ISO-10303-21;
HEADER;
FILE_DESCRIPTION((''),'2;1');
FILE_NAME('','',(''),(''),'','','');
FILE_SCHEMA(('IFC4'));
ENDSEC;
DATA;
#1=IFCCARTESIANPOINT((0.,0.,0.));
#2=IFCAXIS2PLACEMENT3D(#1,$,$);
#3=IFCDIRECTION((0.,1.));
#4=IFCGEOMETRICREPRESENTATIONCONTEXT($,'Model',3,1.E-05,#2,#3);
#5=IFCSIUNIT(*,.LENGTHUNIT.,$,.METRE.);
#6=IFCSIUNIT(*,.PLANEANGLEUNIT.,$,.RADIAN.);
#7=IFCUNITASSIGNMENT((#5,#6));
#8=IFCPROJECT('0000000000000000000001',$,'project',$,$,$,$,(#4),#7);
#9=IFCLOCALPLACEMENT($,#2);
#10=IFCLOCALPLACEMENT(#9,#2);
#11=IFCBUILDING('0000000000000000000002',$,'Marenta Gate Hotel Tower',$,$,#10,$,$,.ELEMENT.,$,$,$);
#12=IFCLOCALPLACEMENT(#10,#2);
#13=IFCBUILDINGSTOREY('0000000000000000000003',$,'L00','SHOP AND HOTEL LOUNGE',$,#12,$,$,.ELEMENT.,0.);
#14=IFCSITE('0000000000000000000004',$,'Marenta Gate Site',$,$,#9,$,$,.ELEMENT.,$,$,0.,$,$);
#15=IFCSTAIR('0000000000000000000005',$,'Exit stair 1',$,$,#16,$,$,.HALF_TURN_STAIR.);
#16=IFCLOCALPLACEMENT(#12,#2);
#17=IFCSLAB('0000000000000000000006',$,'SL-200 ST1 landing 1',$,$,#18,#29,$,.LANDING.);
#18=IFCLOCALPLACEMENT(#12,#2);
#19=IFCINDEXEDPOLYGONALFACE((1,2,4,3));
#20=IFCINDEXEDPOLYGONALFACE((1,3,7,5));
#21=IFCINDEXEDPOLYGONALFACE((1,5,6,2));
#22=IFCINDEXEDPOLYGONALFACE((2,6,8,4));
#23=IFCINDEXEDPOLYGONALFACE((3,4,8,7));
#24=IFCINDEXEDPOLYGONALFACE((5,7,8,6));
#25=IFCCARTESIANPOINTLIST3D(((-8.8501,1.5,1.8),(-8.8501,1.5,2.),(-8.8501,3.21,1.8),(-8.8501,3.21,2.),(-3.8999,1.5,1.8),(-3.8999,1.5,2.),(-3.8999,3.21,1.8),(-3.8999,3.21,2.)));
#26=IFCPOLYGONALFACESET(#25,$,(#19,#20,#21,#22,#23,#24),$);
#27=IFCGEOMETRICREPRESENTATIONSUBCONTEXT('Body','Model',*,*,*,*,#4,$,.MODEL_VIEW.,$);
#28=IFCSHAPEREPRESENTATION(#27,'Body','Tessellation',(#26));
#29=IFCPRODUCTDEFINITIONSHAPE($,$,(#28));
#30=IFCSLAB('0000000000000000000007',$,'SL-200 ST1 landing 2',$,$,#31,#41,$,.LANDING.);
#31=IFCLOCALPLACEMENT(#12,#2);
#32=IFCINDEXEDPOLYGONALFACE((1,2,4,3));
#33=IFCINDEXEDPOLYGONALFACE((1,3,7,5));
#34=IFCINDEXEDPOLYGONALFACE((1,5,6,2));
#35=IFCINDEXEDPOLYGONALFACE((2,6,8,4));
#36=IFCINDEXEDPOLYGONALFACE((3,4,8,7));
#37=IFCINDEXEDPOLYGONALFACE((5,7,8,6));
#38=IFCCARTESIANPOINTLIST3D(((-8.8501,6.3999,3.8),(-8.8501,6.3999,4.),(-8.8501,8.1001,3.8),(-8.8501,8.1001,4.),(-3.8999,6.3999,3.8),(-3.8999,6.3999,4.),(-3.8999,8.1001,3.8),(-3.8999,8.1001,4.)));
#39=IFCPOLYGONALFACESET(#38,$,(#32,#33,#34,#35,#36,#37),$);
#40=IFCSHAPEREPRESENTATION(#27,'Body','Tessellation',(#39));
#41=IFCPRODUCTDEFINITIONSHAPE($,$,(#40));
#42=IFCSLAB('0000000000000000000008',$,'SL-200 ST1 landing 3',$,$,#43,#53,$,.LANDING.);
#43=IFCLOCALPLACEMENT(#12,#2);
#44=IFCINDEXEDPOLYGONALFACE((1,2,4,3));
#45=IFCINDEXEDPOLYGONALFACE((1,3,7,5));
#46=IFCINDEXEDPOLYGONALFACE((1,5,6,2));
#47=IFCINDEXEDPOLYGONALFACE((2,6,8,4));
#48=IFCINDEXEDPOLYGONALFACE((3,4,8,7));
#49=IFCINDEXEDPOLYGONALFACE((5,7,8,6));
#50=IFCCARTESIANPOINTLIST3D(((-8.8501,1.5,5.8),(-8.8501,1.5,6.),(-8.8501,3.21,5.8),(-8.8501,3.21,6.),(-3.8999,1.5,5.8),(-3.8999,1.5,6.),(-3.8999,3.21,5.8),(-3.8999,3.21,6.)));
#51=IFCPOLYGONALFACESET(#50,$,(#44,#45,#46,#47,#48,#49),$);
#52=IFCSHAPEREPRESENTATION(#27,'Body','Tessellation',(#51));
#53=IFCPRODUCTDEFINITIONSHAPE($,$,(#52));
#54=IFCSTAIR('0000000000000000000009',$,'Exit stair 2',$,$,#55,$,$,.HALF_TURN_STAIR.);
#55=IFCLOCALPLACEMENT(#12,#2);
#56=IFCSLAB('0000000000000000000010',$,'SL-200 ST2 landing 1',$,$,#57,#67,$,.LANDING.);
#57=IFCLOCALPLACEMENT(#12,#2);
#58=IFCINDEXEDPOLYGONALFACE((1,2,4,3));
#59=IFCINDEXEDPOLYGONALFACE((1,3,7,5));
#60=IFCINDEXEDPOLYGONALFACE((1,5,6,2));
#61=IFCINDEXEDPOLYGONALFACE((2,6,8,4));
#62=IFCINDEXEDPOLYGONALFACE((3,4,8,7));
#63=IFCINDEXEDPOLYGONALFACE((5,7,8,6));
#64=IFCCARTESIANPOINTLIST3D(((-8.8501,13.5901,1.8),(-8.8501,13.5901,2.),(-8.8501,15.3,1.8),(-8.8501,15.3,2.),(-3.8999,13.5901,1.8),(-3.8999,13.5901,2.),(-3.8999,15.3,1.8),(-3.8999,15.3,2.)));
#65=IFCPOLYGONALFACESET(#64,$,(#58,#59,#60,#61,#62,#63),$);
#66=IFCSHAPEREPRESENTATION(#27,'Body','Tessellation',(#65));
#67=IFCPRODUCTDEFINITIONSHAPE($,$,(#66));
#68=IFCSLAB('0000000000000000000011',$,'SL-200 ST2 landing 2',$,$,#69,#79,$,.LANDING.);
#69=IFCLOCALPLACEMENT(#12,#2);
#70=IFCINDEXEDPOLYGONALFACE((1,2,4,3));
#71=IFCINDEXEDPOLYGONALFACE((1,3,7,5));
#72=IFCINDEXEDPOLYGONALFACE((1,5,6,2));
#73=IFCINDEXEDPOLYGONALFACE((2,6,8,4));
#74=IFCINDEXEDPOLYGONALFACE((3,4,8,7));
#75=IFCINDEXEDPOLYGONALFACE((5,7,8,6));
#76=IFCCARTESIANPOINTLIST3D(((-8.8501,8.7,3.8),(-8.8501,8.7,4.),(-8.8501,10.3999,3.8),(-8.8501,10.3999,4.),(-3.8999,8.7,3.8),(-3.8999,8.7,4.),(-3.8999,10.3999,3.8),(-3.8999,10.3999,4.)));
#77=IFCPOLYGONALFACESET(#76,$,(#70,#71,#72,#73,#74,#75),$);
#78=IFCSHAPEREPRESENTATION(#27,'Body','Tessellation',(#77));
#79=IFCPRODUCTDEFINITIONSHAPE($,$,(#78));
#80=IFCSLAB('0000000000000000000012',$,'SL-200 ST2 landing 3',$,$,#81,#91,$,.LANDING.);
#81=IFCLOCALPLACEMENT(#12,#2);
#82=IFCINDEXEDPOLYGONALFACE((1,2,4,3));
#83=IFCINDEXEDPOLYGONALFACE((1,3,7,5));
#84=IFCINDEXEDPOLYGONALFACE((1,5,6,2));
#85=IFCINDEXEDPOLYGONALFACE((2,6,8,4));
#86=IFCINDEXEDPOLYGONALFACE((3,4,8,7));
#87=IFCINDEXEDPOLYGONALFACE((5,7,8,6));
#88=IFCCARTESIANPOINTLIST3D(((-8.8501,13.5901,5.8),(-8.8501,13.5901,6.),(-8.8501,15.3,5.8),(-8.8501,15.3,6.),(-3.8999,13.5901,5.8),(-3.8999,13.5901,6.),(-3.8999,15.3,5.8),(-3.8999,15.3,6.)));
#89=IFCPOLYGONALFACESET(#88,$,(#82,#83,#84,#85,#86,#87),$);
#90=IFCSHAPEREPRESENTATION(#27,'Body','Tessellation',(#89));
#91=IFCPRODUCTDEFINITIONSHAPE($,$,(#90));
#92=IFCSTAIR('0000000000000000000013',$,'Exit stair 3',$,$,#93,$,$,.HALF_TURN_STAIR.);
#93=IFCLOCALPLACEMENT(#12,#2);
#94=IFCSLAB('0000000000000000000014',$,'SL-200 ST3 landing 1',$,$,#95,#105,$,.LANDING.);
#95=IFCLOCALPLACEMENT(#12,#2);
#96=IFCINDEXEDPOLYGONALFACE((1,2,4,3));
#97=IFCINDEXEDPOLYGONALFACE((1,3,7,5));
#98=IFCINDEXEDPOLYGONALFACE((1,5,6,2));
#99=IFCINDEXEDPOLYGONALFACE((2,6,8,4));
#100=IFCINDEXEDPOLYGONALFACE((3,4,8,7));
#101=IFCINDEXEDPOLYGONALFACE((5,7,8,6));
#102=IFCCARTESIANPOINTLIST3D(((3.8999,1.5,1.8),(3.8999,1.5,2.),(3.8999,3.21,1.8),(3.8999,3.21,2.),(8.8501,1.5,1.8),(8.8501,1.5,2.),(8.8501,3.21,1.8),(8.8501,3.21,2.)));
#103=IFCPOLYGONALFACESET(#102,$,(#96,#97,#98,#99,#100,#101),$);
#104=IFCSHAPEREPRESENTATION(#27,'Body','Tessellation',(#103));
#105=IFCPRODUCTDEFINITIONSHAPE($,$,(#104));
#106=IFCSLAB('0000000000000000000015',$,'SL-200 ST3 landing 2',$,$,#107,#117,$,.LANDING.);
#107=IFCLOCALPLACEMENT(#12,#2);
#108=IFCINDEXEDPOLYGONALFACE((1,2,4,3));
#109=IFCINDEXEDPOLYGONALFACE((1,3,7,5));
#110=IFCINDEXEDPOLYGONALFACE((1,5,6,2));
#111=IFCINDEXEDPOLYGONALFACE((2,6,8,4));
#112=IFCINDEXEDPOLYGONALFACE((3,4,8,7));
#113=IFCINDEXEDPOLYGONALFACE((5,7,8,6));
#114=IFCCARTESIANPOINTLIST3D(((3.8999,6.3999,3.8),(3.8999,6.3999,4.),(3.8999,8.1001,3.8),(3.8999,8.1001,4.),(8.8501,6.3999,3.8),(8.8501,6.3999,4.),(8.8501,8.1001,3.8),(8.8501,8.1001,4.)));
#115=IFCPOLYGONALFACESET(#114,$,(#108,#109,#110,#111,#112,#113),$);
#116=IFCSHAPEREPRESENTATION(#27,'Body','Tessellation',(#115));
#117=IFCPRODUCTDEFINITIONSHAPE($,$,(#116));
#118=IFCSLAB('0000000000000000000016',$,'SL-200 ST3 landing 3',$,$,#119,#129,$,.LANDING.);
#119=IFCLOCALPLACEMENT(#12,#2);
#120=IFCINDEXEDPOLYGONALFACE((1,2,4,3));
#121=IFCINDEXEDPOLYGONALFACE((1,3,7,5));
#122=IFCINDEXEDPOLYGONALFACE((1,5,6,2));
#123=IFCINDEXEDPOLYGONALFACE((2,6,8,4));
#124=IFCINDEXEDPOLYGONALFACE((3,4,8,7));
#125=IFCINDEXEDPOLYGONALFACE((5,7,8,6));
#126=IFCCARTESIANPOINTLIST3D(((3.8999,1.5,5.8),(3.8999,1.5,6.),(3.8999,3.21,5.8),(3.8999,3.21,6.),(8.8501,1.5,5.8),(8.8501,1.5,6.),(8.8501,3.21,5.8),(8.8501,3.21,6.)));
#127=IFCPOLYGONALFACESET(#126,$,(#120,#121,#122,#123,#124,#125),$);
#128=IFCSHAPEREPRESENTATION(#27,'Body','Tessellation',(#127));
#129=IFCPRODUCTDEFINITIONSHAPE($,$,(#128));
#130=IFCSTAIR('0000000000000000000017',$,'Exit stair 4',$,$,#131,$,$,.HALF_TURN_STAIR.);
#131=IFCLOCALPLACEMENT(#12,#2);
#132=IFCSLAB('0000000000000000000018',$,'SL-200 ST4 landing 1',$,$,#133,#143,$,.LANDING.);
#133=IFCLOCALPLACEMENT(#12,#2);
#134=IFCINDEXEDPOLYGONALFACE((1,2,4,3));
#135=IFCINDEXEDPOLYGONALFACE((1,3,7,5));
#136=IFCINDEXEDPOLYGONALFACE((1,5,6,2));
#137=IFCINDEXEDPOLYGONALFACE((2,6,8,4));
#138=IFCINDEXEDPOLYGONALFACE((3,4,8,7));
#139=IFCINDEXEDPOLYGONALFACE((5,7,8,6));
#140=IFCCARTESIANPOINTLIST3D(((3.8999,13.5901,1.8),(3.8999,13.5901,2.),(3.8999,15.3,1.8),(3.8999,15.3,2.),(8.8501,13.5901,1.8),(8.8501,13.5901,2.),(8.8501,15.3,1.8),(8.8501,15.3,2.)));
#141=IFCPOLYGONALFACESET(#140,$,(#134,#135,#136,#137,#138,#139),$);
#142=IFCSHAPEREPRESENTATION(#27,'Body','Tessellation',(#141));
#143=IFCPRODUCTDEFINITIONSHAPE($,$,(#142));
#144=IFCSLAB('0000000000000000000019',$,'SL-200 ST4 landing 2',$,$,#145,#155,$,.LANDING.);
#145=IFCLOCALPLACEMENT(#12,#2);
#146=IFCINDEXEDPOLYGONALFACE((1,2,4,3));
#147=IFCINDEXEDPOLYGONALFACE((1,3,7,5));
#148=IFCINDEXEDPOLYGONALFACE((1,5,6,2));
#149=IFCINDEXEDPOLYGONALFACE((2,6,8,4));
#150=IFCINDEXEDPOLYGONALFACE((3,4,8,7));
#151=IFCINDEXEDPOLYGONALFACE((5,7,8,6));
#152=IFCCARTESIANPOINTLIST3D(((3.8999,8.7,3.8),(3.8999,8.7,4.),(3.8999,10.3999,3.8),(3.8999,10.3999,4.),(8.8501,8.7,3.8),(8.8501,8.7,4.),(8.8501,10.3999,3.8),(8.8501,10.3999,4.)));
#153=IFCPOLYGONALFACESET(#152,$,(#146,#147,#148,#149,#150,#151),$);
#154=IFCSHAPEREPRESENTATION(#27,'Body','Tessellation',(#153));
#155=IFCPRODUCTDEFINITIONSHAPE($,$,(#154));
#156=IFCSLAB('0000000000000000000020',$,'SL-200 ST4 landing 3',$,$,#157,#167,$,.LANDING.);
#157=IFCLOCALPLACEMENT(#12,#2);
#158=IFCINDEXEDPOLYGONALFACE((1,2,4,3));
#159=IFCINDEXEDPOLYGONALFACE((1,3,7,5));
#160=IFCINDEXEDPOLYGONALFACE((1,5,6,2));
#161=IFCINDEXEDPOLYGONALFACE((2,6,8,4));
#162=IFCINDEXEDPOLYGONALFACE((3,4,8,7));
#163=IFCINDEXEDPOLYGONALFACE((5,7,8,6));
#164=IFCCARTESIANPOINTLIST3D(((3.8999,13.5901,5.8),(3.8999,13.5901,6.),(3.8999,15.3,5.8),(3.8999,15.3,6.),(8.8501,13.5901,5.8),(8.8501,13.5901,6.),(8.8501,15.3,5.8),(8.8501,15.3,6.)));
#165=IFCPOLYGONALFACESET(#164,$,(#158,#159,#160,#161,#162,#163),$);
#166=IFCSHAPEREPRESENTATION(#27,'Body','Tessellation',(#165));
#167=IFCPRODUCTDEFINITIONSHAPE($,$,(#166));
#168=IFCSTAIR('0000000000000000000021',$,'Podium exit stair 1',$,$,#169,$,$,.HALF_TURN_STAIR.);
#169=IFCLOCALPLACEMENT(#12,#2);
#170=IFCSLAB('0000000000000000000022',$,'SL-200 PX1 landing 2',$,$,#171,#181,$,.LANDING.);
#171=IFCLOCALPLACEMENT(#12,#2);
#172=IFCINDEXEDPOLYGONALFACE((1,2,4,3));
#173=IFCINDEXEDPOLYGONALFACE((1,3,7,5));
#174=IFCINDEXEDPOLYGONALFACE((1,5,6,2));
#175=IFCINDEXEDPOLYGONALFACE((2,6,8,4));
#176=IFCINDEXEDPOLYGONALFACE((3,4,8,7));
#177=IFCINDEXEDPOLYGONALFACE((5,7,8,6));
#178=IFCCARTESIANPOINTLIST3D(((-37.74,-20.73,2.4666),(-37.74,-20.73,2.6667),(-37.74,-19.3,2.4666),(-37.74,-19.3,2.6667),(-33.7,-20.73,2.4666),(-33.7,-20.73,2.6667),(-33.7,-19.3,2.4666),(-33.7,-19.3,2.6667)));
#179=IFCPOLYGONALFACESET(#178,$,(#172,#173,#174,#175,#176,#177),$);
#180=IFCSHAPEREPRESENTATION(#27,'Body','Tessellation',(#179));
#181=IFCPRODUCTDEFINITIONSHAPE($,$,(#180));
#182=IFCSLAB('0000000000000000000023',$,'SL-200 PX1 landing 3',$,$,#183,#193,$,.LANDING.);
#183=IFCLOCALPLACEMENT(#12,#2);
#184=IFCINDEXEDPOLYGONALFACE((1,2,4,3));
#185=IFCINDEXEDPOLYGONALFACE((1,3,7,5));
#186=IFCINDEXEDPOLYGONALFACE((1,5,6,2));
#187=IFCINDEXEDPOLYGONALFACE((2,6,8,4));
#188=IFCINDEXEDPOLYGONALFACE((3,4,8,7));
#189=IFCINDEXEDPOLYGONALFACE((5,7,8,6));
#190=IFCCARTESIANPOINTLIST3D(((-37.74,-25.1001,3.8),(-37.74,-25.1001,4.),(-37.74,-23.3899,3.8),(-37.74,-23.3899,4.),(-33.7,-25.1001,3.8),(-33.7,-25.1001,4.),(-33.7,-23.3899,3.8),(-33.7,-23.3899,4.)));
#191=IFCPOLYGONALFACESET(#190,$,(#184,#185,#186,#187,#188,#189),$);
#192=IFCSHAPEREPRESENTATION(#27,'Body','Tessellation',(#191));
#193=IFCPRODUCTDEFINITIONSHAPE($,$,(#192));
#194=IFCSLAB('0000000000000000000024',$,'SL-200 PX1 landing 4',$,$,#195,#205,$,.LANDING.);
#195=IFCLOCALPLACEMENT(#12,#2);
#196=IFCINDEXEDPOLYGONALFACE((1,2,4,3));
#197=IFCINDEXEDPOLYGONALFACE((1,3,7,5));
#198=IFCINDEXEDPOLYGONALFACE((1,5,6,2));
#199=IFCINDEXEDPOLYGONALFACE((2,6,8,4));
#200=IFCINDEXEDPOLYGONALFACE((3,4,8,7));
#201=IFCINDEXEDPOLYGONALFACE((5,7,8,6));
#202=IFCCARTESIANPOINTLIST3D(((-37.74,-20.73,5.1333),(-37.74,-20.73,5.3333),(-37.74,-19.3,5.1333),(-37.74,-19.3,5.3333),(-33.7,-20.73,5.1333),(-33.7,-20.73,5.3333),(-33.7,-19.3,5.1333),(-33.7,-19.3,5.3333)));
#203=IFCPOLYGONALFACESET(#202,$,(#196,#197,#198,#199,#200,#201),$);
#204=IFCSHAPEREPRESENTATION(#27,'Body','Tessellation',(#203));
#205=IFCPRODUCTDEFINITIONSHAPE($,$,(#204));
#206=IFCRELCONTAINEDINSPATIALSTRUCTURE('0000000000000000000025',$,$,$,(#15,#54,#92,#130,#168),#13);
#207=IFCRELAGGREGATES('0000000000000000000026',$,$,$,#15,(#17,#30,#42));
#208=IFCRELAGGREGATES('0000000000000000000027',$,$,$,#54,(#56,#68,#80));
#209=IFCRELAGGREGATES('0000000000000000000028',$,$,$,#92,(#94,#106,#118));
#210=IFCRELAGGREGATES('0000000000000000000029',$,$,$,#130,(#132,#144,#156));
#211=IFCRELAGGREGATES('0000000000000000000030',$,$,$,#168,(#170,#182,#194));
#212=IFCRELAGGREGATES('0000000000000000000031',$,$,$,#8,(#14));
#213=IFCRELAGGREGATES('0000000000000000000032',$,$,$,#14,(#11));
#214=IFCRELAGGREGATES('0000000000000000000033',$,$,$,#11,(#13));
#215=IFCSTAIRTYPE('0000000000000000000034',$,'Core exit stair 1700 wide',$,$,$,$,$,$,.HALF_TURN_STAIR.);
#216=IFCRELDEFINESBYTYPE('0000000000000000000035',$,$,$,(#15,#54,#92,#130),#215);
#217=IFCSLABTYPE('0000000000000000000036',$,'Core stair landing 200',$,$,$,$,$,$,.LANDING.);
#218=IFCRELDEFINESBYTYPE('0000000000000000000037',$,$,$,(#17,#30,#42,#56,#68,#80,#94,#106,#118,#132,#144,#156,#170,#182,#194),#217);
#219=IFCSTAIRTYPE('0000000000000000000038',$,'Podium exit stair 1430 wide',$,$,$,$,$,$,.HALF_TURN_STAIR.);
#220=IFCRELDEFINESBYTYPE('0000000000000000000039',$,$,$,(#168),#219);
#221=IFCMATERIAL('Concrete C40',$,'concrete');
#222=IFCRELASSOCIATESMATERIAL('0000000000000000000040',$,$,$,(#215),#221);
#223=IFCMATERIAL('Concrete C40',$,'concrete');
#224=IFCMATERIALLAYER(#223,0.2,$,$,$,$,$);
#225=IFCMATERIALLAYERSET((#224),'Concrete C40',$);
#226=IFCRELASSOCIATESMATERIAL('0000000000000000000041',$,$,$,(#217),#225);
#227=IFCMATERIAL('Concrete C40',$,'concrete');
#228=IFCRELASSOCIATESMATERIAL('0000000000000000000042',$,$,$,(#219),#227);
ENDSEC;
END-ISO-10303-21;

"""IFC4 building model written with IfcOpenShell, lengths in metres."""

from ifc_helpers import new_model, si_unit, direction, frame, origin, place, context, subcontext, project, spatial, polyline, outline, extrude, material, layer, layer_set, type_object, element, aggregate, save


model = new_model("IFC4")

# Units and contexts
model_context = context("Model", 3, precision=1e-05, world=origin(), true_north=direction((0.0, 1.0)))
body_context = subcontext(model_context, "Body", "Model", "MODEL_VIEW")
ifc_project = project(units=[si_unit("LENGTHUNIT", "METRE"), si_unit("PLANEANGLEUNIT", "RADIAN")], contexts=[model_context])

# Site, building, storey
site_placement = place(None, origin())
site = spatial("IfcSite", under=ifc_project, at=site_placement, Name="Marenta Gate Site", CompositionType="ELEMENT", RefElevation=0.0)
building_placement = place(site_placement, origin())
building = spatial("IfcBuilding", under=site, at=building_placement, Name="Marenta Gate Hotel Tower", CompositionType="ELEMENT")
storey_placement = place(building_placement, origin())
storey = spatial("IfcBuildingStorey", under=building, at=storey_placement, Name="L00", Description="SHOP AND HOTEL LOUNGE", CompositionType="ELEMENT", Elevation=0.0)

# Stairs, slabs
ifc_material_1 = material(Name="Concrete C40", Category="concrete")
stair_type_1 = type_object("IfcStairType", Name="Core exit stair 1700 wide", PredefinedType="HALF_TURN_STAIR", material=ifc_material_1)
stair_1_placement = place(storey_placement, origin())
stair_1 = element("IfcStair", 1, at=stair_1_placement, inside=storey, type_object=stair_type_1, Name="Exit stair 1", PredefinedType="HALF_TURN_STAIR")
ifc_material_2 = material(Name="Concrete C40", Category="concrete")
ifc_layer = layer(ifc_material_2, 0.2)
ifc_layer_set = layer_set([ifc_layer], Name="Concrete C40")
slab_type = type_object("IfcSlabType", Name="Core stair landing 200", PredefinedType="LANDING", material=ifc_layer_set)
slab_1_placement = place(storey_placement, frame((0.0, 0.0, 1.8)))
slab_1 = element("IfcSlab", 2, at=slab_1_placement, type_object=slab_type, Name="SL-200 ST1 landing 1", PredefinedType="LANDING", context=body_context, shape_type="SweptSolid", body=[
    extrude(outline(polyline([(-8.8501, 1.5), (-3.8999, 1.5), (-3.8999, 3.21), (-8.8501, 3.21), (-8.8501, 1.5)])), origin(), (0.0, 0.0, 1.0), 0.2),
])
slab_2_placement = place(storey_placement, frame((0.0, 0.0, 3.8)))
slab_2 = element("IfcSlab", 3, at=slab_2_placement, type_object=slab_type, Name="SL-200 ST1 landing 2", PredefinedType="LANDING", context=body_context, shape_type="SweptSolid", body=[
    extrude(outline(polyline([(-8.8501, 6.3999), (-3.8999, 6.3999), (-3.8999, 8.1001), (-8.8501, 8.1001), (-8.8501, 6.3999)])), origin(), (0.0, 0.0, 1.0), 0.2),
])
slab_3_placement = place(storey_placement, frame((0.0, 0.0, 5.8)))
slab_3 = element("IfcSlab", 4, at=slab_3_placement, type_object=slab_type, Name="SL-200 ST1 landing 3", PredefinedType="LANDING", context=body_context, shape_type="SweptSolid", body=[
    extrude(outline(polyline([(-8.8501, 1.5), (-3.8999, 1.5), (-3.8999, 3.21), (-8.8501, 3.21), (-8.8501, 1.5)])), origin(), (0.0, 0.0, 1.0), 0.2),
])
aggregate(stair_1, [slab_1, slab_2, slab_3])
stair_2_placement = place(storey_placement, origin())
stair_2 = element("IfcStair", 5, at=stair_2_placement, inside=storey, type_object=stair_type_1, Name="Exit stair 2", PredefinedType="HALF_TURN_STAIR")
slab_4_placement = place(storey_placement, frame((0.0, 0.0, 1.8)))
slab_4 = element("IfcSlab", 6, at=slab_4_placement, type_object=slab_type, Name="SL-200 ST2 landing 1", PredefinedType="LANDING", context=body_context, shape_type="SweptSolid", body=[
    extrude(outline(polyline([(-8.8501, 13.5901), (-3.8999, 13.5901), (-3.8999, 15.3), (-8.8501, 15.3), (-8.8501, 13.5901)])), origin(), (0.0, 0.0, 1.0), 0.2),
])
slab_5_placement = place(storey_placement, frame((0.0, 0.0, 3.8)))
slab_5 = element("IfcSlab", 7, at=slab_5_placement, type_object=slab_type, Name="SL-200 ST2 landing 2", PredefinedType="LANDING", context=body_context, shape_type="SweptSolid", body=[
    extrude(outline(polyline([(-8.8501, 8.7), (-3.8999, 8.7), (-3.8999, 10.3999), (-8.8501, 10.3999), (-8.8501, 8.7)])), origin(), (0.0, 0.0, 1.0), 0.2),
])
slab_6_placement = place(storey_placement, frame((0.0, 0.0, 5.8)))
slab_6 = element("IfcSlab", 8, at=slab_6_placement, type_object=slab_type, Name="SL-200 ST2 landing 3", PredefinedType="LANDING", context=body_context, shape_type="SweptSolid", body=[
    extrude(outline(polyline([(-8.8501, 13.5901), (-3.8999, 13.5901), (-3.8999, 15.3), (-8.8501, 15.3), (-8.8501, 13.5901)])), origin(), (0.0, 0.0, 1.0), 0.2),
])
aggregate(stair_2, [slab_4, slab_5, slab_6])
stair_3_placement = place(storey_placement, origin())
stair_3 = element("IfcStair", 9, at=stair_3_placement, inside=storey, type_object=stair_type_1, Name="Exit stair 3", PredefinedType="HALF_TURN_STAIR")
slab_7_placement = place(storey_placement, frame((0.0, 0.0, 1.8)))
slab_7 = element("IfcSlab", 10, at=slab_7_placement, type_object=slab_type, Name="SL-200 ST3 landing 1", PredefinedType="LANDING", context=body_context, shape_type="SweptSolid", body=[
    extrude(outline(polyline([(3.8999, 1.5), (8.8501, 1.5), (8.8501, 3.21), (3.8999, 3.21), (3.8999, 1.5)])), origin(), (0.0, 0.0, 1.0), 0.2),
])
slab_8_placement = place(storey_placement, frame((0.0, 0.0, 3.8)))
slab_8 = element("IfcSlab", 11, at=slab_8_placement, type_object=slab_type, Name="SL-200 ST3 landing 2", PredefinedType="LANDING", context=body_context, shape_type="SweptSolid", body=[
    extrude(outline(polyline([(3.8999, 6.3999), (8.8501, 6.3999), (8.8501, 8.1001), (3.8999, 8.1001), (3.8999, 6.3999)])), origin(), (0.0, 0.0, 1.0), 0.2),
])
slab_9_placement = place(storey_placement, frame((0.0, 0.0, 5.8)))
slab_9 = element("IfcSlab", 12, at=slab_9_placement, type_object=slab_type, Name="SL-200 ST3 landing 3", PredefinedType="LANDING", context=body_context, shape_type="SweptSolid", body=[
    extrude(outline(polyline([(3.8999, 1.5), (8.8501, 1.5), (8.8501, 3.21), (3.8999, 3.21), (3.8999, 1.5)])), origin(), (0.0, 0.0, 1.0), 0.2),
])
aggregate(stair_3, [slab_7, slab_8, slab_9])
stair_4_placement = place(storey_placement, origin())
stair_4 = element("IfcStair", 13, at=stair_4_placement, inside=storey, type_object=stair_type_1, Name="Exit stair 4", PredefinedType="HALF_TURN_STAIR")
slab_10_placement = place(storey_placement, frame((0.0, 0.0, 1.8)))
slab_10 = element("IfcSlab", 14, at=slab_10_placement, type_object=slab_type, Name="SL-200 ST4 landing 1", PredefinedType="LANDING", context=body_context, shape_type="SweptSolid", body=[
    extrude(outline(polyline([(3.8999, 13.5901), (8.8501, 13.5901), (8.8501, 15.3), (3.8999, 15.3), (3.8999, 13.5901)])), origin(), (0.0, 0.0, 1.0), 0.2),
])
slab_11_placement = place(storey_placement, frame((0.0, 0.0, 3.8)))
slab_11 = element("IfcSlab", 15, at=slab_11_placement, type_object=slab_type, Name="SL-200 ST4 landing 2", PredefinedType="LANDING", context=body_context, shape_type="SweptSolid", body=[
    extrude(outline(polyline([(3.8999, 8.7), (8.8501, 8.7), (8.8501, 10.3999), (3.8999, 10.3999), (3.8999, 8.7)])), origin(), (0.0, 0.0, 1.0), 0.2),
])
slab_12_placement = place(storey_placement, frame((0.0, 0.0, 5.8)))
slab_12 = element("IfcSlab", 16, at=slab_12_placement, type_object=slab_type, Name="SL-200 ST4 landing 3", PredefinedType="LANDING", context=body_context, shape_type="SweptSolid", body=[
    extrude(outline(polyline([(3.8999, 13.5901), (8.8501, 13.5901), (8.8501, 15.3), (3.8999, 15.3), (3.8999, 13.5901)])), origin(), (0.0, 0.0, 1.0), 0.2),
])
aggregate(stair_4, [slab_10, slab_11, slab_12])
ifc_material_3 = material(Name="Concrete C40", Category="concrete")
stair_type_2 = type_object("IfcStairType", Name="Podium exit stair 1430 wide", PredefinedType="HALF_TURN_STAIR", material=ifc_material_3)
stair_5_placement = place(storey_placement, origin())
stair_5 = element("IfcStair", 17, at=stair_5_placement, inside=storey, type_object=stair_type_2, Name="Podium exit stair 1", PredefinedType="HALF_TURN_STAIR")
slab_13_placement = place(storey_placement, frame((0.0, 0.0, 2.4666)))
slab_13 = element("IfcSlab", 18, at=slab_13_placement, type_object=slab_type, Name="SL-200 PX1 landing 2", PredefinedType="LANDING", context=body_context, shape_type="SweptSolid", body=[
    extrude(outline(polyline([(-37.74, -20.73), (-33.7, -20.73), (-33.7, -19.3), (-37.74, -19.3), (-37.74, -20.73)])), origin(), (0.0, 0.0, 1.0), 0.2002),
])
slab_14_placement = place(storey_placement, frame((0.0, 0.0, 3.8)))
slab_14 = element("IfcSlab", 19, at=slab_14_placement, type_object=slab_type, Name="SL-200 PX1 landing 3", PredefinedType="LANDING", context=body_context, shape_type="SweptSolid", body=[
    extrude(outline(polyline([(-37.74, -25.1001), (-33.7, -25.1001), (-33.7, -23.3899), (-37.74, -23.3899), (-37.74, -25.1001)])), origin(), (0.0, 0.0, 1.0), 0.2),
])
slab_15_placement = place(storey_placement, frame((0.0, 0.0, 5.1333)))
slab_15 = element("IfcSlab", 20, at=slab_15_placement, type_object=slab_type, Name="SL-200 PX1 landing 4", PredefinedType="LANDING", context=body_context, shape_type="SweptSolid", body=[
    extrude(outline(polyline([(-37.74, -20.73), (-33.7, -20.73), (-33.7, -19.3), (-37.74, -19.3), (-37.74, -20.73)])), origin(), (0.0, 0.0, 1.0), 0.2),
])
aggregate(stair_5, [slab_13, slab_14, slab_15])

save(model, "model.ifc")
